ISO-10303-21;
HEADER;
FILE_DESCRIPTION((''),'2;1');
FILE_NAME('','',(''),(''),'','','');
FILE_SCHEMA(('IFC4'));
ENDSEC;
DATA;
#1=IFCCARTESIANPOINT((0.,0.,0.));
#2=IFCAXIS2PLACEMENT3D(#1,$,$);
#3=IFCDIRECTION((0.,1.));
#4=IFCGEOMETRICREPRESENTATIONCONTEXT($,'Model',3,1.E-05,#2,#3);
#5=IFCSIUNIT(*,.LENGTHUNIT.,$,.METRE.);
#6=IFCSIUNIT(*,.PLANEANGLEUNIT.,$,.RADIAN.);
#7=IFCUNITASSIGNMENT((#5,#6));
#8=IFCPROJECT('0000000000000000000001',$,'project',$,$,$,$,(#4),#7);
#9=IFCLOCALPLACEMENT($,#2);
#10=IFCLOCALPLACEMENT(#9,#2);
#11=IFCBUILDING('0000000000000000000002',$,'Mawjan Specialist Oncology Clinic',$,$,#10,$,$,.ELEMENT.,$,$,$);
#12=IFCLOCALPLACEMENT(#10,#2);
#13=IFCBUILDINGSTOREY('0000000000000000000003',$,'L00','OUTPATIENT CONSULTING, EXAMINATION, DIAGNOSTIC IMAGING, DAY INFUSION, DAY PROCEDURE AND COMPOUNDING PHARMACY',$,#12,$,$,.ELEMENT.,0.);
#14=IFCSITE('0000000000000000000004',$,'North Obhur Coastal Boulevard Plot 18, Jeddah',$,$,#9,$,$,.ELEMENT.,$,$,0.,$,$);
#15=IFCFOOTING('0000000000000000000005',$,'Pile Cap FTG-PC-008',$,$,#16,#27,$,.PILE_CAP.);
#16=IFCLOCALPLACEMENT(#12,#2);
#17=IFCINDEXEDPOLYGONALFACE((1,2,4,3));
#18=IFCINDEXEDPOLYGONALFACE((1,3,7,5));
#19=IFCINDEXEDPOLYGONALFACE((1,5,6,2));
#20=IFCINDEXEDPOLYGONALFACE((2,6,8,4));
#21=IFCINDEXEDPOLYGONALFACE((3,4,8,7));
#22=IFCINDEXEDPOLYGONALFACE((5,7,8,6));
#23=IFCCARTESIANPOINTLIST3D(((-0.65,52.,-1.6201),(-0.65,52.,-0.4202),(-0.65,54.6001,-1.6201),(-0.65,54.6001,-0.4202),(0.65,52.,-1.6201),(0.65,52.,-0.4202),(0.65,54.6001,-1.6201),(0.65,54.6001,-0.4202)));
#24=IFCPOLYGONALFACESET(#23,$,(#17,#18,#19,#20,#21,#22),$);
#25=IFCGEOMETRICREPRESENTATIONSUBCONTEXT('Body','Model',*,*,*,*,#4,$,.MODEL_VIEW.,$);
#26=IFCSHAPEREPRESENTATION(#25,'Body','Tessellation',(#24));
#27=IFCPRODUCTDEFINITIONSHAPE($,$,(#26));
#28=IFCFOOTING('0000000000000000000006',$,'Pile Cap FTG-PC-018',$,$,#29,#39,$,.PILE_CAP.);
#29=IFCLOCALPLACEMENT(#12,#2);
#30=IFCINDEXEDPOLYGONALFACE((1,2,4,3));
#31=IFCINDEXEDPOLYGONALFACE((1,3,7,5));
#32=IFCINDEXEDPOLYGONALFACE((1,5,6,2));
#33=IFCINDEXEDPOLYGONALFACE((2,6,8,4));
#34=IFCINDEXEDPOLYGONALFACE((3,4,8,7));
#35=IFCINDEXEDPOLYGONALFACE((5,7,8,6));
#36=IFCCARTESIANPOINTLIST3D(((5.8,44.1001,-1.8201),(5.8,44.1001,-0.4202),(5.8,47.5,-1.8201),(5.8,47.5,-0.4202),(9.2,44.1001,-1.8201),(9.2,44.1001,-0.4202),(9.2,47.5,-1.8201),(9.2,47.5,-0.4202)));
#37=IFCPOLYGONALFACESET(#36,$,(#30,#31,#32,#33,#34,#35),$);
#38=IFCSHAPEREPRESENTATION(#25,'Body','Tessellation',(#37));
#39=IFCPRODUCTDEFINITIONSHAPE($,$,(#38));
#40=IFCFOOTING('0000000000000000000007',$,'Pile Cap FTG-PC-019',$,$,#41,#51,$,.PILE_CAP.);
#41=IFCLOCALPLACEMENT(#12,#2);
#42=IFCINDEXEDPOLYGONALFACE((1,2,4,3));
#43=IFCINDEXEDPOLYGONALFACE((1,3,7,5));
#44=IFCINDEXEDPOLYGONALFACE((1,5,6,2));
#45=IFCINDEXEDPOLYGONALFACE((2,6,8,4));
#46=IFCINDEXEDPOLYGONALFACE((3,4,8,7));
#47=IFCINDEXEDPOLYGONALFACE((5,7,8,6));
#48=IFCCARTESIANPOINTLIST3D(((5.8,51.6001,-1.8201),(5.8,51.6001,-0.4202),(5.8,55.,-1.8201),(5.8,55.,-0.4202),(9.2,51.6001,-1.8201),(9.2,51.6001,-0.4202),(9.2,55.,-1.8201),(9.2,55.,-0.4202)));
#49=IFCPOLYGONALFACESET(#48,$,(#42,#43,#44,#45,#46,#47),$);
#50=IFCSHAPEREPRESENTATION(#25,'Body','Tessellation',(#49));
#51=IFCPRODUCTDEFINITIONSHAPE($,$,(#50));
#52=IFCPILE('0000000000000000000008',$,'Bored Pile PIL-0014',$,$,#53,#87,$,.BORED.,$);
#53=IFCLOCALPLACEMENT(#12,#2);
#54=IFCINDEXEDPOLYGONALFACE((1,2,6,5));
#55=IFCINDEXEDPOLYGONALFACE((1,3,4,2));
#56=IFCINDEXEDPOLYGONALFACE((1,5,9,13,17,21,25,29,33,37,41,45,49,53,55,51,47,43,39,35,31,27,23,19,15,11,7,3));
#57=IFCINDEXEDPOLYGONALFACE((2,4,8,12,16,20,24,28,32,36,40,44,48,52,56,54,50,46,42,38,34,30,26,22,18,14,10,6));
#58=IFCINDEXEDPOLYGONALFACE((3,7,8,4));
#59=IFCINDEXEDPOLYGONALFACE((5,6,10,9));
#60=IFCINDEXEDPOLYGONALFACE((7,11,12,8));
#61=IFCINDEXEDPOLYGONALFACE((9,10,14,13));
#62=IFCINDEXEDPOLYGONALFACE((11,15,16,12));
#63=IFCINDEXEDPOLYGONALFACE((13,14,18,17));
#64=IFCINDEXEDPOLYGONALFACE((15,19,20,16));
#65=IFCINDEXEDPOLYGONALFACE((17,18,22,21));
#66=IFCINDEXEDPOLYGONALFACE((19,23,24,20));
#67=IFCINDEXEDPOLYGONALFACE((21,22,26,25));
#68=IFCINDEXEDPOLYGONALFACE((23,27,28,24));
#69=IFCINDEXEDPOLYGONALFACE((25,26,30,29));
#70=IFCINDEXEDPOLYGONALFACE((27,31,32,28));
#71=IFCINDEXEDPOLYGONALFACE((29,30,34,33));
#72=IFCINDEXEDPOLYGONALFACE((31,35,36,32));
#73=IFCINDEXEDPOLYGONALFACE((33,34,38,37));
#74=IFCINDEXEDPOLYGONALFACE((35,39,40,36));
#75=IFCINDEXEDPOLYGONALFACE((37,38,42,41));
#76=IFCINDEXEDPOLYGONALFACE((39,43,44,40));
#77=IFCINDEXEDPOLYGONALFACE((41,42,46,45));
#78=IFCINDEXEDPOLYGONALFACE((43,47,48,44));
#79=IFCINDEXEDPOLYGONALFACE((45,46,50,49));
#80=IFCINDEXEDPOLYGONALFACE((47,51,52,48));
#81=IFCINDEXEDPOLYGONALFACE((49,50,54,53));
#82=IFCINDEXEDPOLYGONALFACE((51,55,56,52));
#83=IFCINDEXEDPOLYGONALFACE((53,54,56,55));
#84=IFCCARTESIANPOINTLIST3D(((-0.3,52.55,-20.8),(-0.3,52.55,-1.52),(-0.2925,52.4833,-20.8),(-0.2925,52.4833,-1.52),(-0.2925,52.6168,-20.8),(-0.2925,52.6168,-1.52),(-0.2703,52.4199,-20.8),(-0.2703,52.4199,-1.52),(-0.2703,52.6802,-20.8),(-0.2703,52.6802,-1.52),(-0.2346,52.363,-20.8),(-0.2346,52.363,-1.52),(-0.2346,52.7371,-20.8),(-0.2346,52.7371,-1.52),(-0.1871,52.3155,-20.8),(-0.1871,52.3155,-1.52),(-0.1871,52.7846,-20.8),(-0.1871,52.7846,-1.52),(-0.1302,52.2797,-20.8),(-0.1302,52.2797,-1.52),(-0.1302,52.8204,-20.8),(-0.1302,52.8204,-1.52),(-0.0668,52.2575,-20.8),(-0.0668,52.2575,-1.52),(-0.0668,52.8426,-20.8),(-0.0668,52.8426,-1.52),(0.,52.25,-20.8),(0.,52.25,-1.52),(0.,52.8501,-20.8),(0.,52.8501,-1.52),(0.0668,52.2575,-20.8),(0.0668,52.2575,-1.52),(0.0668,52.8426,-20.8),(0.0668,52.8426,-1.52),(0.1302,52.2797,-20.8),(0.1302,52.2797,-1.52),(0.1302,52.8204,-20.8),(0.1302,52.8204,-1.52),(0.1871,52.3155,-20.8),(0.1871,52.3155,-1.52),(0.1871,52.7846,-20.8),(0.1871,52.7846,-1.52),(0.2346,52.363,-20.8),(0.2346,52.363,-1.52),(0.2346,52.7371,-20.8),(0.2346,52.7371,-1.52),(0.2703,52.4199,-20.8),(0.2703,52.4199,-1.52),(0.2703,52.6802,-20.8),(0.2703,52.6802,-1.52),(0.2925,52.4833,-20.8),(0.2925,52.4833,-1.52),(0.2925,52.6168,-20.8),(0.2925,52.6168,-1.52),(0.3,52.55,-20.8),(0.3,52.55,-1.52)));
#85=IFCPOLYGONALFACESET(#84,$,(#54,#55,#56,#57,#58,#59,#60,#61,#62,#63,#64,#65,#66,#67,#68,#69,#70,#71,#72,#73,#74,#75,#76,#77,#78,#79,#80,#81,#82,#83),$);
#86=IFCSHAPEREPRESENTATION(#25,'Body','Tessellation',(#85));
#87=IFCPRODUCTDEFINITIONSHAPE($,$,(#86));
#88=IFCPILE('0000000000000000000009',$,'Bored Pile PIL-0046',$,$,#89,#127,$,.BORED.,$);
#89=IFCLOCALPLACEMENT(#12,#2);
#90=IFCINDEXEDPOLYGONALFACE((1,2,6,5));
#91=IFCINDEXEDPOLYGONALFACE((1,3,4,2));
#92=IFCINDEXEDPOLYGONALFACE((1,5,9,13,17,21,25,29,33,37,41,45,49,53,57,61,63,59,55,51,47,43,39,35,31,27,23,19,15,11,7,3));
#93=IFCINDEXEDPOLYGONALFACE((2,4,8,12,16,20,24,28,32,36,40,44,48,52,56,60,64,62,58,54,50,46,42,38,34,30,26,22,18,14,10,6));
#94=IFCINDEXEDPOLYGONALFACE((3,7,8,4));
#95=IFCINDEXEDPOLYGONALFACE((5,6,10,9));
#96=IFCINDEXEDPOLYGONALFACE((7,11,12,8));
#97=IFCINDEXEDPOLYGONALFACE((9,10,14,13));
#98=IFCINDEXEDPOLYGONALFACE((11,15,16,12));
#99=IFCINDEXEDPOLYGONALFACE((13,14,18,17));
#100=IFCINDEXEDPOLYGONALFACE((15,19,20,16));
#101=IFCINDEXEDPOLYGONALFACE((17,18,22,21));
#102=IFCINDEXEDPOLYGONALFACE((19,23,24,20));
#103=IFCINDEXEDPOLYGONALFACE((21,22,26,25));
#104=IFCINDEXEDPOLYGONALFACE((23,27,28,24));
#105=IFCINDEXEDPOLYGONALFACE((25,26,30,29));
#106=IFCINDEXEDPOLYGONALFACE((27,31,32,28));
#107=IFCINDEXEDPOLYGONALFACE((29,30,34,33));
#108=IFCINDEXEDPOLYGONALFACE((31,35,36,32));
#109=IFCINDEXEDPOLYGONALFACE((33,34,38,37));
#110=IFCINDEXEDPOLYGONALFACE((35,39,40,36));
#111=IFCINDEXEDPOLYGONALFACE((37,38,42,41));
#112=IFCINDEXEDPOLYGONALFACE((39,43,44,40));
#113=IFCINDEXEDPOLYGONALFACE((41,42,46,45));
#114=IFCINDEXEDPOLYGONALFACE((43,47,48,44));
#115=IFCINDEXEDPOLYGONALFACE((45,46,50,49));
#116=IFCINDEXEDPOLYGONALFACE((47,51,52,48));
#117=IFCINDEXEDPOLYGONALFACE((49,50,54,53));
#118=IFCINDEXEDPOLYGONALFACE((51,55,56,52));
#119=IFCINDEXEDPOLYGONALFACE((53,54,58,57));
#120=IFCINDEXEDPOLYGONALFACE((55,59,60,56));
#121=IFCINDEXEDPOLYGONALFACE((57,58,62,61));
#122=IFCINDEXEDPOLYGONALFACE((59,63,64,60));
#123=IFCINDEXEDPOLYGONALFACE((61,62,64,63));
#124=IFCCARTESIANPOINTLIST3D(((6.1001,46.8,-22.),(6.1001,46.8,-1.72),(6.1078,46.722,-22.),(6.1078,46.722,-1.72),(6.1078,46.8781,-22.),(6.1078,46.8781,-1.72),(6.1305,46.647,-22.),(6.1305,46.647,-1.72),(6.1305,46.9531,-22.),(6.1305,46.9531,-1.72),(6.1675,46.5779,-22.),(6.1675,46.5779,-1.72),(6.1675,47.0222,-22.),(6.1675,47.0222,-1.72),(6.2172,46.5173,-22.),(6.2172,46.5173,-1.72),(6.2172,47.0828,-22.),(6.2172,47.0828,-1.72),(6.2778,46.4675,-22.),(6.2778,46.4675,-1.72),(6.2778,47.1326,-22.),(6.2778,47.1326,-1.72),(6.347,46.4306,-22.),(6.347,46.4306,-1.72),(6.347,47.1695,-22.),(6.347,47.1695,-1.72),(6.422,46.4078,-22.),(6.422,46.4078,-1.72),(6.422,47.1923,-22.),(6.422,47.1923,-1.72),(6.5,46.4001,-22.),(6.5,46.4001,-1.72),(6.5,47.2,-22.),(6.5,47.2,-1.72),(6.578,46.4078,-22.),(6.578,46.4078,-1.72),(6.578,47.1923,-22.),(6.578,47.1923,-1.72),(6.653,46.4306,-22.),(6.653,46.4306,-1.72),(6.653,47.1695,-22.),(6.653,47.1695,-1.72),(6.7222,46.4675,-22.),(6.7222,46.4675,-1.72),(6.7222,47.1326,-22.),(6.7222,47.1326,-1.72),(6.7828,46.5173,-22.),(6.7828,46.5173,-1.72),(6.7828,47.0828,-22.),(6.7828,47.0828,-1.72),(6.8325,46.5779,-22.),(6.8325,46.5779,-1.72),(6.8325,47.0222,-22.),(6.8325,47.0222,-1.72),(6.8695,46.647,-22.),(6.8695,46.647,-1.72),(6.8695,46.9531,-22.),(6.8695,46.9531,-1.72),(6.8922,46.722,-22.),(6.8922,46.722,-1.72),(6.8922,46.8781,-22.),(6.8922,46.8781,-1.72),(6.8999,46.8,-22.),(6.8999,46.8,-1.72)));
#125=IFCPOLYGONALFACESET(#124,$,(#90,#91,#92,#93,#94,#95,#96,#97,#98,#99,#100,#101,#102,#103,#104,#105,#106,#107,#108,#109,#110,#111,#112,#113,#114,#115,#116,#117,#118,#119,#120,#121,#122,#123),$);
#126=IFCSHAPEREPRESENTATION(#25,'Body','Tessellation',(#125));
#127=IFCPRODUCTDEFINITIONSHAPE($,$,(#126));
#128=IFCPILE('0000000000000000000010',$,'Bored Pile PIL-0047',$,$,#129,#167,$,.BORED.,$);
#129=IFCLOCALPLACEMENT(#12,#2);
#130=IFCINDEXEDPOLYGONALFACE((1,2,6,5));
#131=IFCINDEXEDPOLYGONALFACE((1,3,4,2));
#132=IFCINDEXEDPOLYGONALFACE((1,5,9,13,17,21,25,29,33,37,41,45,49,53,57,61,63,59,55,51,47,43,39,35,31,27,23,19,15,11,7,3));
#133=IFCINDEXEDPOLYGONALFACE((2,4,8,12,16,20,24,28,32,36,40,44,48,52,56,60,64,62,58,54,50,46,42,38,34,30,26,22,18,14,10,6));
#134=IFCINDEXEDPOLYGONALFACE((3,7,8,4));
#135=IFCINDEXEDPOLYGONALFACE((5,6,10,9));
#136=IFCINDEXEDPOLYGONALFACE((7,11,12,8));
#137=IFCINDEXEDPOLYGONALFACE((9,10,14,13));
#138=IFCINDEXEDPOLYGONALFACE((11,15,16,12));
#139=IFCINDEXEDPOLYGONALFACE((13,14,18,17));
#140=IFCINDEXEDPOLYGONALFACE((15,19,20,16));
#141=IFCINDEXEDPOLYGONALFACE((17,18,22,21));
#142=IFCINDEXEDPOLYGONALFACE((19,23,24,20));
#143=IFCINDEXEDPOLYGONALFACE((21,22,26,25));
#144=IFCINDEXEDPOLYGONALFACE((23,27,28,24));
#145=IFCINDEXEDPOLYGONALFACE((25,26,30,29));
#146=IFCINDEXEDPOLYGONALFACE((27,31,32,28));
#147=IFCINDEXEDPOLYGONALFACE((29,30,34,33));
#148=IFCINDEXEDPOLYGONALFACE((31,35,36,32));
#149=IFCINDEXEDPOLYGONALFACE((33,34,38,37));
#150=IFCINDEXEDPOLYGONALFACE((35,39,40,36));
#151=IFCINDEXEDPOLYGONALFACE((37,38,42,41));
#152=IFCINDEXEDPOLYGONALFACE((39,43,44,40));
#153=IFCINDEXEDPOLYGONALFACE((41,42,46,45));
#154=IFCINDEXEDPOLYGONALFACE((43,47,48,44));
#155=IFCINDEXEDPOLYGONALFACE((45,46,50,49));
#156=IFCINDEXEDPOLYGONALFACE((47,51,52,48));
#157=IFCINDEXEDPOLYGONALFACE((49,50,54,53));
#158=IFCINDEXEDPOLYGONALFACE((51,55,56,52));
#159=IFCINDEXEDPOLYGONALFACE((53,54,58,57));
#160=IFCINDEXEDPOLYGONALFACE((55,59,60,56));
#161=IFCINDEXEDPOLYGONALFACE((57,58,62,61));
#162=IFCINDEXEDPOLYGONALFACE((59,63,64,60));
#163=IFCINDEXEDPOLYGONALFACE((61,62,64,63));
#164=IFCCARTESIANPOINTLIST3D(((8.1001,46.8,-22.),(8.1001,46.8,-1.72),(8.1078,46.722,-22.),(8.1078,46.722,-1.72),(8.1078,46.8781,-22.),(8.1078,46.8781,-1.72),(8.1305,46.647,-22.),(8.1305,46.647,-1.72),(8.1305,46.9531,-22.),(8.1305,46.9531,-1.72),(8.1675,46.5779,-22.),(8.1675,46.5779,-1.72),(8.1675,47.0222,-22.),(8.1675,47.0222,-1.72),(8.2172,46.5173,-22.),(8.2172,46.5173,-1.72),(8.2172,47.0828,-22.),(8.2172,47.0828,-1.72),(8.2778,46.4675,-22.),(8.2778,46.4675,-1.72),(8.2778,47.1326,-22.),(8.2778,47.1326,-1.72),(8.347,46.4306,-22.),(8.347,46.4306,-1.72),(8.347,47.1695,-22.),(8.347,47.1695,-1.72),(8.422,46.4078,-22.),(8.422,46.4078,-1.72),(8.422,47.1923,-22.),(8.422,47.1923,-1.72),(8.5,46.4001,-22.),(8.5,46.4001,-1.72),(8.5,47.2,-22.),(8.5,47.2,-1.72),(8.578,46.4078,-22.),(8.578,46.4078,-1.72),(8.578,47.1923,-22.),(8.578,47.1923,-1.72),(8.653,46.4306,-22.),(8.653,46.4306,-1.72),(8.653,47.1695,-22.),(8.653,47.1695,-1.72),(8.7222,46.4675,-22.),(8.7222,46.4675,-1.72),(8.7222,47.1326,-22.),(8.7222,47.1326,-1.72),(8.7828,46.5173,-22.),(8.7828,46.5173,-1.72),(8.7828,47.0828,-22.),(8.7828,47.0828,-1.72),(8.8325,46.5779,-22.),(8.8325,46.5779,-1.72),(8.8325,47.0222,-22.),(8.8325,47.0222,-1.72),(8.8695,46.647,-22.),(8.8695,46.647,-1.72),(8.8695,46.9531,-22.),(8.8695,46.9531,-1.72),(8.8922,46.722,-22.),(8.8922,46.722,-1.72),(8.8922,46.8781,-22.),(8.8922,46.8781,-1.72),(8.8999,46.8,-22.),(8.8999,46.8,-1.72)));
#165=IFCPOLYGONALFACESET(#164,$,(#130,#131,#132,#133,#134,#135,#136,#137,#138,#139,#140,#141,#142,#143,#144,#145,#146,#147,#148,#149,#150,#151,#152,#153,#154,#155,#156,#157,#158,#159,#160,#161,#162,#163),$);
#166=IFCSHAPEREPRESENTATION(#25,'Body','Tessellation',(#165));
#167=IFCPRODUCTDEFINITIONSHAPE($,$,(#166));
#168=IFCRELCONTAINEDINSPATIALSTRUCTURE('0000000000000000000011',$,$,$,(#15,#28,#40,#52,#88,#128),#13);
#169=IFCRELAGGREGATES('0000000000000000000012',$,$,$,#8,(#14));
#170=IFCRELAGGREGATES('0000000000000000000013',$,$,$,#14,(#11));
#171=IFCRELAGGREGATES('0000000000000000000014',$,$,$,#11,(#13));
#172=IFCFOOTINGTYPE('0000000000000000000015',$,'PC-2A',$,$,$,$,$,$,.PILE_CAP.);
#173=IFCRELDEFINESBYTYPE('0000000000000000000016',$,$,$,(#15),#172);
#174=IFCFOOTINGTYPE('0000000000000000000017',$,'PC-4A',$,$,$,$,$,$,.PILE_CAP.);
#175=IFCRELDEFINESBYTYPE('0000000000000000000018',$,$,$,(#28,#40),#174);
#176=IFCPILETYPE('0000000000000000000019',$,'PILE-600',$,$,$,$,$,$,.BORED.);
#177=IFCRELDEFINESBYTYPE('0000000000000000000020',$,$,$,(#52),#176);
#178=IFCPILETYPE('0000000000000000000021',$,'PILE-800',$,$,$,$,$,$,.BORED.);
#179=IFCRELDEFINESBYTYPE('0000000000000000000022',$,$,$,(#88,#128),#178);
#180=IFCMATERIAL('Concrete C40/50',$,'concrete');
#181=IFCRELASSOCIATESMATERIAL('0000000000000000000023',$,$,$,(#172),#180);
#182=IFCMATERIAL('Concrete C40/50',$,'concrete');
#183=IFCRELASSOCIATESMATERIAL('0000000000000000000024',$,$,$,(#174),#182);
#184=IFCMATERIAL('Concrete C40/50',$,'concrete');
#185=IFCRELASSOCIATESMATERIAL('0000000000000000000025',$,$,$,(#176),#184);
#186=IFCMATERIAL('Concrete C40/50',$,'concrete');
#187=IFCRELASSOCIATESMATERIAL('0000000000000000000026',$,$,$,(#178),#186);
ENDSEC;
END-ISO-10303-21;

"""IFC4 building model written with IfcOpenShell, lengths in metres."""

from ifc_helpers import new_model, si_unit, direction, frame, origin, origin_2d, place, context, subcontext, project, spatial, rectangle, circle, extrude, material, material_profile, profile_set, type_object, element, save


model = new_model("IFC4")

# Units and contexts
model_context = context("Model", 3, precision=1e-05, world=origin(), true_north=direction((0.0, 1.0)))
body_context = subcontext(model_context, "Body", "Model", "MODEL_VIEW")
ifc_project = project(units=[si_unit("LENGTHUNIT", "METRE"), si_unit("PLANEANGLEUNIT", "RADIAN")], contexts=[model_context])

# Site, building, storey
site_placement = place(None, origin())
site = spatial("IfcSite", under=ifc_project, at=site_placement, Name="North Obhur Coastal Boulevard Plot 18, Jeddah", CompositionType="ELEMENT", RefElevation=0.0)
building_placement = place(site_placement, origin())
building = spatial("IfcBuilding", under=site, at=building_placement, Name="Mawjan Specialist Oncology Clinic", CompositionType="ELEMENT")
storey_placement = place(building_placement, origin())
storey = spatial("IfcBuildingStorey", under=building, at=storey_placement, Name="L00", Description="OUTPATIENT CONSULTING, EXAMINATION, DIAGNOSTIC IMAGING, DAY INFUSION, DAY PROCEDURE AND COMPOUNDING PHARMACY", CompositionType="ELEMENT", Elevation=0.0)

# Footings
ifc_material_1 = material(Name="Concrete C40/50", Category="concrete")
footing_type_1 = type_object("IfcFootingType", Name="PC-2A", PredefinedType="PILE_CAP", material=ifc_material_1)
footing_1_placement = place(storey_placement, frame((0.0, 53.3, -1.6201), z_axis=(0.0, 0.0, 1.0), x_axis=(0.0, 1.0, 0.0)))
element("IfcFooting", 1, at=footing_1_placement, inside=storey, type_object=footing_type_1, Name="Pile Cap FTG-PC-008", PredefinedType="PILE_CAP", context=body_context, shape_type="SweptSolid", body=[
    extrude(rectangle(XDim=2.6001, YDim=1.3, at=origin_2d()), origin(), (0.0, 0.0, 1.0), 1.2),
])
ifc_material_2 = material(Name="Concrete C40/50", Category="concrete")
footing_type_2 = type_object("IfcFootingType", Name="PC-4A", PredefinedType="PILE_CAP", material=ifc_material_2)
for number, where, z_axis, x_axis, name in (
    (2, (7.5, 45.8, -1.8201), (0.0, 0.0, 1.0), (1.0, 0.0, 0.0), "Pile Cap FTG-PC-018"),
    (3, (7.5, 53.3, -1.8201), (0.0, 0.0, 1.0), (1.0, 0.0, 0.0), "Pile Cap FTG-PC-019"),
):
    element("IfcFooting", number, at=place(storey_placement, frame(where, z_axis=z_axis, x_axis=x_axis)), inside=storey, type_object=footing_type_2, Name=name, PredefinedType="PILE_CAP", context=body_context, shape_type="SweptSolid", body=[
        extrude(rectangle(XDim=3.3999, YDim=3.3999, at=origin_2d()), origin(), (0.0, 0.0, 1.0), 1.3999),
    ])

# Piles
ifc_material_3 = material(Name="Concrete C40/50", Category="concrete")
ifc_material_profile_1 = material_profile(ifc_material_3, circle(Radius=0.3, at=origin_2d()), Name="BORED PILE D600", Category="concrete")
ifc_profile_set_1 = profile_set([ifc_material_profile_1], Name="Concrete C40/50")
pile_type_1 = type_object("IfcPileType", Name="PILE-600", PredefinedType="BORED", material=ifc_profile_set_1)
pile_placement = place(storey_placement, frame((0.0, 52.55, -1.52), z_axis=(0.0, 0.0, -1.0), x_axis=(1.0, 0.0, 0.0)))
element("IfcPile", 4, at=pile_placement, inside=storey, type_object=pile_type_1, Name="Bored Pile PIL-0014", PredefinedType="BORED", context=body_context, shape_type="SweptSolid", body=[
    extrude(circle(Radius=0.3, at=origin_2d()), origin(), (0.0, 0.0, 1.0), 19.28),
])
ifc_material_4 = material(Name="Concrete C40/50", Category="concrete")
ifc_material_profile_2 = material_profile(ifc_material_4, circle(Radius=0.3999, at=origin_2d()), Name="BORED PILE D800", Category="concrete")
ifc_profile_set_2 = profile_set([ifc_material_profile_2], Name="Concrete C40/50")
pile_type_2 = type_object("IfcPileType", Name="PILE-800", PredefinedType="BORED", material=ifc_profile_set_2)
for number, where, z_axis, x_axis, name in (
    (5, (6.5, 46.8, -1.72), (0.0, 0.0, -1.0), (1.0, 0.0, 0.0), "Bored Pile PIL-0046"),
    (6, (8.5, 46.8, -1.72), (0.0, 0.0, -1.0), (1.0, 0.0, 0.0), "Bored Pile PIL-0047"),
):
    element("IfcPile", number, at=place(storey_placement, frame(where, z_axis=z_axis, x_axis=x_axis)), inside=storey, type_object=pile_type_2, Name=name, PredefinedType="BORED", context=body_context, shape_type="SweptSolid", body=[
        extrude(circle(Radius=0.3999, at=origin_2d()), origin(), (0.0, 0.0, 1.0), 20.28),
    ])

save(model, "model.ifc")
